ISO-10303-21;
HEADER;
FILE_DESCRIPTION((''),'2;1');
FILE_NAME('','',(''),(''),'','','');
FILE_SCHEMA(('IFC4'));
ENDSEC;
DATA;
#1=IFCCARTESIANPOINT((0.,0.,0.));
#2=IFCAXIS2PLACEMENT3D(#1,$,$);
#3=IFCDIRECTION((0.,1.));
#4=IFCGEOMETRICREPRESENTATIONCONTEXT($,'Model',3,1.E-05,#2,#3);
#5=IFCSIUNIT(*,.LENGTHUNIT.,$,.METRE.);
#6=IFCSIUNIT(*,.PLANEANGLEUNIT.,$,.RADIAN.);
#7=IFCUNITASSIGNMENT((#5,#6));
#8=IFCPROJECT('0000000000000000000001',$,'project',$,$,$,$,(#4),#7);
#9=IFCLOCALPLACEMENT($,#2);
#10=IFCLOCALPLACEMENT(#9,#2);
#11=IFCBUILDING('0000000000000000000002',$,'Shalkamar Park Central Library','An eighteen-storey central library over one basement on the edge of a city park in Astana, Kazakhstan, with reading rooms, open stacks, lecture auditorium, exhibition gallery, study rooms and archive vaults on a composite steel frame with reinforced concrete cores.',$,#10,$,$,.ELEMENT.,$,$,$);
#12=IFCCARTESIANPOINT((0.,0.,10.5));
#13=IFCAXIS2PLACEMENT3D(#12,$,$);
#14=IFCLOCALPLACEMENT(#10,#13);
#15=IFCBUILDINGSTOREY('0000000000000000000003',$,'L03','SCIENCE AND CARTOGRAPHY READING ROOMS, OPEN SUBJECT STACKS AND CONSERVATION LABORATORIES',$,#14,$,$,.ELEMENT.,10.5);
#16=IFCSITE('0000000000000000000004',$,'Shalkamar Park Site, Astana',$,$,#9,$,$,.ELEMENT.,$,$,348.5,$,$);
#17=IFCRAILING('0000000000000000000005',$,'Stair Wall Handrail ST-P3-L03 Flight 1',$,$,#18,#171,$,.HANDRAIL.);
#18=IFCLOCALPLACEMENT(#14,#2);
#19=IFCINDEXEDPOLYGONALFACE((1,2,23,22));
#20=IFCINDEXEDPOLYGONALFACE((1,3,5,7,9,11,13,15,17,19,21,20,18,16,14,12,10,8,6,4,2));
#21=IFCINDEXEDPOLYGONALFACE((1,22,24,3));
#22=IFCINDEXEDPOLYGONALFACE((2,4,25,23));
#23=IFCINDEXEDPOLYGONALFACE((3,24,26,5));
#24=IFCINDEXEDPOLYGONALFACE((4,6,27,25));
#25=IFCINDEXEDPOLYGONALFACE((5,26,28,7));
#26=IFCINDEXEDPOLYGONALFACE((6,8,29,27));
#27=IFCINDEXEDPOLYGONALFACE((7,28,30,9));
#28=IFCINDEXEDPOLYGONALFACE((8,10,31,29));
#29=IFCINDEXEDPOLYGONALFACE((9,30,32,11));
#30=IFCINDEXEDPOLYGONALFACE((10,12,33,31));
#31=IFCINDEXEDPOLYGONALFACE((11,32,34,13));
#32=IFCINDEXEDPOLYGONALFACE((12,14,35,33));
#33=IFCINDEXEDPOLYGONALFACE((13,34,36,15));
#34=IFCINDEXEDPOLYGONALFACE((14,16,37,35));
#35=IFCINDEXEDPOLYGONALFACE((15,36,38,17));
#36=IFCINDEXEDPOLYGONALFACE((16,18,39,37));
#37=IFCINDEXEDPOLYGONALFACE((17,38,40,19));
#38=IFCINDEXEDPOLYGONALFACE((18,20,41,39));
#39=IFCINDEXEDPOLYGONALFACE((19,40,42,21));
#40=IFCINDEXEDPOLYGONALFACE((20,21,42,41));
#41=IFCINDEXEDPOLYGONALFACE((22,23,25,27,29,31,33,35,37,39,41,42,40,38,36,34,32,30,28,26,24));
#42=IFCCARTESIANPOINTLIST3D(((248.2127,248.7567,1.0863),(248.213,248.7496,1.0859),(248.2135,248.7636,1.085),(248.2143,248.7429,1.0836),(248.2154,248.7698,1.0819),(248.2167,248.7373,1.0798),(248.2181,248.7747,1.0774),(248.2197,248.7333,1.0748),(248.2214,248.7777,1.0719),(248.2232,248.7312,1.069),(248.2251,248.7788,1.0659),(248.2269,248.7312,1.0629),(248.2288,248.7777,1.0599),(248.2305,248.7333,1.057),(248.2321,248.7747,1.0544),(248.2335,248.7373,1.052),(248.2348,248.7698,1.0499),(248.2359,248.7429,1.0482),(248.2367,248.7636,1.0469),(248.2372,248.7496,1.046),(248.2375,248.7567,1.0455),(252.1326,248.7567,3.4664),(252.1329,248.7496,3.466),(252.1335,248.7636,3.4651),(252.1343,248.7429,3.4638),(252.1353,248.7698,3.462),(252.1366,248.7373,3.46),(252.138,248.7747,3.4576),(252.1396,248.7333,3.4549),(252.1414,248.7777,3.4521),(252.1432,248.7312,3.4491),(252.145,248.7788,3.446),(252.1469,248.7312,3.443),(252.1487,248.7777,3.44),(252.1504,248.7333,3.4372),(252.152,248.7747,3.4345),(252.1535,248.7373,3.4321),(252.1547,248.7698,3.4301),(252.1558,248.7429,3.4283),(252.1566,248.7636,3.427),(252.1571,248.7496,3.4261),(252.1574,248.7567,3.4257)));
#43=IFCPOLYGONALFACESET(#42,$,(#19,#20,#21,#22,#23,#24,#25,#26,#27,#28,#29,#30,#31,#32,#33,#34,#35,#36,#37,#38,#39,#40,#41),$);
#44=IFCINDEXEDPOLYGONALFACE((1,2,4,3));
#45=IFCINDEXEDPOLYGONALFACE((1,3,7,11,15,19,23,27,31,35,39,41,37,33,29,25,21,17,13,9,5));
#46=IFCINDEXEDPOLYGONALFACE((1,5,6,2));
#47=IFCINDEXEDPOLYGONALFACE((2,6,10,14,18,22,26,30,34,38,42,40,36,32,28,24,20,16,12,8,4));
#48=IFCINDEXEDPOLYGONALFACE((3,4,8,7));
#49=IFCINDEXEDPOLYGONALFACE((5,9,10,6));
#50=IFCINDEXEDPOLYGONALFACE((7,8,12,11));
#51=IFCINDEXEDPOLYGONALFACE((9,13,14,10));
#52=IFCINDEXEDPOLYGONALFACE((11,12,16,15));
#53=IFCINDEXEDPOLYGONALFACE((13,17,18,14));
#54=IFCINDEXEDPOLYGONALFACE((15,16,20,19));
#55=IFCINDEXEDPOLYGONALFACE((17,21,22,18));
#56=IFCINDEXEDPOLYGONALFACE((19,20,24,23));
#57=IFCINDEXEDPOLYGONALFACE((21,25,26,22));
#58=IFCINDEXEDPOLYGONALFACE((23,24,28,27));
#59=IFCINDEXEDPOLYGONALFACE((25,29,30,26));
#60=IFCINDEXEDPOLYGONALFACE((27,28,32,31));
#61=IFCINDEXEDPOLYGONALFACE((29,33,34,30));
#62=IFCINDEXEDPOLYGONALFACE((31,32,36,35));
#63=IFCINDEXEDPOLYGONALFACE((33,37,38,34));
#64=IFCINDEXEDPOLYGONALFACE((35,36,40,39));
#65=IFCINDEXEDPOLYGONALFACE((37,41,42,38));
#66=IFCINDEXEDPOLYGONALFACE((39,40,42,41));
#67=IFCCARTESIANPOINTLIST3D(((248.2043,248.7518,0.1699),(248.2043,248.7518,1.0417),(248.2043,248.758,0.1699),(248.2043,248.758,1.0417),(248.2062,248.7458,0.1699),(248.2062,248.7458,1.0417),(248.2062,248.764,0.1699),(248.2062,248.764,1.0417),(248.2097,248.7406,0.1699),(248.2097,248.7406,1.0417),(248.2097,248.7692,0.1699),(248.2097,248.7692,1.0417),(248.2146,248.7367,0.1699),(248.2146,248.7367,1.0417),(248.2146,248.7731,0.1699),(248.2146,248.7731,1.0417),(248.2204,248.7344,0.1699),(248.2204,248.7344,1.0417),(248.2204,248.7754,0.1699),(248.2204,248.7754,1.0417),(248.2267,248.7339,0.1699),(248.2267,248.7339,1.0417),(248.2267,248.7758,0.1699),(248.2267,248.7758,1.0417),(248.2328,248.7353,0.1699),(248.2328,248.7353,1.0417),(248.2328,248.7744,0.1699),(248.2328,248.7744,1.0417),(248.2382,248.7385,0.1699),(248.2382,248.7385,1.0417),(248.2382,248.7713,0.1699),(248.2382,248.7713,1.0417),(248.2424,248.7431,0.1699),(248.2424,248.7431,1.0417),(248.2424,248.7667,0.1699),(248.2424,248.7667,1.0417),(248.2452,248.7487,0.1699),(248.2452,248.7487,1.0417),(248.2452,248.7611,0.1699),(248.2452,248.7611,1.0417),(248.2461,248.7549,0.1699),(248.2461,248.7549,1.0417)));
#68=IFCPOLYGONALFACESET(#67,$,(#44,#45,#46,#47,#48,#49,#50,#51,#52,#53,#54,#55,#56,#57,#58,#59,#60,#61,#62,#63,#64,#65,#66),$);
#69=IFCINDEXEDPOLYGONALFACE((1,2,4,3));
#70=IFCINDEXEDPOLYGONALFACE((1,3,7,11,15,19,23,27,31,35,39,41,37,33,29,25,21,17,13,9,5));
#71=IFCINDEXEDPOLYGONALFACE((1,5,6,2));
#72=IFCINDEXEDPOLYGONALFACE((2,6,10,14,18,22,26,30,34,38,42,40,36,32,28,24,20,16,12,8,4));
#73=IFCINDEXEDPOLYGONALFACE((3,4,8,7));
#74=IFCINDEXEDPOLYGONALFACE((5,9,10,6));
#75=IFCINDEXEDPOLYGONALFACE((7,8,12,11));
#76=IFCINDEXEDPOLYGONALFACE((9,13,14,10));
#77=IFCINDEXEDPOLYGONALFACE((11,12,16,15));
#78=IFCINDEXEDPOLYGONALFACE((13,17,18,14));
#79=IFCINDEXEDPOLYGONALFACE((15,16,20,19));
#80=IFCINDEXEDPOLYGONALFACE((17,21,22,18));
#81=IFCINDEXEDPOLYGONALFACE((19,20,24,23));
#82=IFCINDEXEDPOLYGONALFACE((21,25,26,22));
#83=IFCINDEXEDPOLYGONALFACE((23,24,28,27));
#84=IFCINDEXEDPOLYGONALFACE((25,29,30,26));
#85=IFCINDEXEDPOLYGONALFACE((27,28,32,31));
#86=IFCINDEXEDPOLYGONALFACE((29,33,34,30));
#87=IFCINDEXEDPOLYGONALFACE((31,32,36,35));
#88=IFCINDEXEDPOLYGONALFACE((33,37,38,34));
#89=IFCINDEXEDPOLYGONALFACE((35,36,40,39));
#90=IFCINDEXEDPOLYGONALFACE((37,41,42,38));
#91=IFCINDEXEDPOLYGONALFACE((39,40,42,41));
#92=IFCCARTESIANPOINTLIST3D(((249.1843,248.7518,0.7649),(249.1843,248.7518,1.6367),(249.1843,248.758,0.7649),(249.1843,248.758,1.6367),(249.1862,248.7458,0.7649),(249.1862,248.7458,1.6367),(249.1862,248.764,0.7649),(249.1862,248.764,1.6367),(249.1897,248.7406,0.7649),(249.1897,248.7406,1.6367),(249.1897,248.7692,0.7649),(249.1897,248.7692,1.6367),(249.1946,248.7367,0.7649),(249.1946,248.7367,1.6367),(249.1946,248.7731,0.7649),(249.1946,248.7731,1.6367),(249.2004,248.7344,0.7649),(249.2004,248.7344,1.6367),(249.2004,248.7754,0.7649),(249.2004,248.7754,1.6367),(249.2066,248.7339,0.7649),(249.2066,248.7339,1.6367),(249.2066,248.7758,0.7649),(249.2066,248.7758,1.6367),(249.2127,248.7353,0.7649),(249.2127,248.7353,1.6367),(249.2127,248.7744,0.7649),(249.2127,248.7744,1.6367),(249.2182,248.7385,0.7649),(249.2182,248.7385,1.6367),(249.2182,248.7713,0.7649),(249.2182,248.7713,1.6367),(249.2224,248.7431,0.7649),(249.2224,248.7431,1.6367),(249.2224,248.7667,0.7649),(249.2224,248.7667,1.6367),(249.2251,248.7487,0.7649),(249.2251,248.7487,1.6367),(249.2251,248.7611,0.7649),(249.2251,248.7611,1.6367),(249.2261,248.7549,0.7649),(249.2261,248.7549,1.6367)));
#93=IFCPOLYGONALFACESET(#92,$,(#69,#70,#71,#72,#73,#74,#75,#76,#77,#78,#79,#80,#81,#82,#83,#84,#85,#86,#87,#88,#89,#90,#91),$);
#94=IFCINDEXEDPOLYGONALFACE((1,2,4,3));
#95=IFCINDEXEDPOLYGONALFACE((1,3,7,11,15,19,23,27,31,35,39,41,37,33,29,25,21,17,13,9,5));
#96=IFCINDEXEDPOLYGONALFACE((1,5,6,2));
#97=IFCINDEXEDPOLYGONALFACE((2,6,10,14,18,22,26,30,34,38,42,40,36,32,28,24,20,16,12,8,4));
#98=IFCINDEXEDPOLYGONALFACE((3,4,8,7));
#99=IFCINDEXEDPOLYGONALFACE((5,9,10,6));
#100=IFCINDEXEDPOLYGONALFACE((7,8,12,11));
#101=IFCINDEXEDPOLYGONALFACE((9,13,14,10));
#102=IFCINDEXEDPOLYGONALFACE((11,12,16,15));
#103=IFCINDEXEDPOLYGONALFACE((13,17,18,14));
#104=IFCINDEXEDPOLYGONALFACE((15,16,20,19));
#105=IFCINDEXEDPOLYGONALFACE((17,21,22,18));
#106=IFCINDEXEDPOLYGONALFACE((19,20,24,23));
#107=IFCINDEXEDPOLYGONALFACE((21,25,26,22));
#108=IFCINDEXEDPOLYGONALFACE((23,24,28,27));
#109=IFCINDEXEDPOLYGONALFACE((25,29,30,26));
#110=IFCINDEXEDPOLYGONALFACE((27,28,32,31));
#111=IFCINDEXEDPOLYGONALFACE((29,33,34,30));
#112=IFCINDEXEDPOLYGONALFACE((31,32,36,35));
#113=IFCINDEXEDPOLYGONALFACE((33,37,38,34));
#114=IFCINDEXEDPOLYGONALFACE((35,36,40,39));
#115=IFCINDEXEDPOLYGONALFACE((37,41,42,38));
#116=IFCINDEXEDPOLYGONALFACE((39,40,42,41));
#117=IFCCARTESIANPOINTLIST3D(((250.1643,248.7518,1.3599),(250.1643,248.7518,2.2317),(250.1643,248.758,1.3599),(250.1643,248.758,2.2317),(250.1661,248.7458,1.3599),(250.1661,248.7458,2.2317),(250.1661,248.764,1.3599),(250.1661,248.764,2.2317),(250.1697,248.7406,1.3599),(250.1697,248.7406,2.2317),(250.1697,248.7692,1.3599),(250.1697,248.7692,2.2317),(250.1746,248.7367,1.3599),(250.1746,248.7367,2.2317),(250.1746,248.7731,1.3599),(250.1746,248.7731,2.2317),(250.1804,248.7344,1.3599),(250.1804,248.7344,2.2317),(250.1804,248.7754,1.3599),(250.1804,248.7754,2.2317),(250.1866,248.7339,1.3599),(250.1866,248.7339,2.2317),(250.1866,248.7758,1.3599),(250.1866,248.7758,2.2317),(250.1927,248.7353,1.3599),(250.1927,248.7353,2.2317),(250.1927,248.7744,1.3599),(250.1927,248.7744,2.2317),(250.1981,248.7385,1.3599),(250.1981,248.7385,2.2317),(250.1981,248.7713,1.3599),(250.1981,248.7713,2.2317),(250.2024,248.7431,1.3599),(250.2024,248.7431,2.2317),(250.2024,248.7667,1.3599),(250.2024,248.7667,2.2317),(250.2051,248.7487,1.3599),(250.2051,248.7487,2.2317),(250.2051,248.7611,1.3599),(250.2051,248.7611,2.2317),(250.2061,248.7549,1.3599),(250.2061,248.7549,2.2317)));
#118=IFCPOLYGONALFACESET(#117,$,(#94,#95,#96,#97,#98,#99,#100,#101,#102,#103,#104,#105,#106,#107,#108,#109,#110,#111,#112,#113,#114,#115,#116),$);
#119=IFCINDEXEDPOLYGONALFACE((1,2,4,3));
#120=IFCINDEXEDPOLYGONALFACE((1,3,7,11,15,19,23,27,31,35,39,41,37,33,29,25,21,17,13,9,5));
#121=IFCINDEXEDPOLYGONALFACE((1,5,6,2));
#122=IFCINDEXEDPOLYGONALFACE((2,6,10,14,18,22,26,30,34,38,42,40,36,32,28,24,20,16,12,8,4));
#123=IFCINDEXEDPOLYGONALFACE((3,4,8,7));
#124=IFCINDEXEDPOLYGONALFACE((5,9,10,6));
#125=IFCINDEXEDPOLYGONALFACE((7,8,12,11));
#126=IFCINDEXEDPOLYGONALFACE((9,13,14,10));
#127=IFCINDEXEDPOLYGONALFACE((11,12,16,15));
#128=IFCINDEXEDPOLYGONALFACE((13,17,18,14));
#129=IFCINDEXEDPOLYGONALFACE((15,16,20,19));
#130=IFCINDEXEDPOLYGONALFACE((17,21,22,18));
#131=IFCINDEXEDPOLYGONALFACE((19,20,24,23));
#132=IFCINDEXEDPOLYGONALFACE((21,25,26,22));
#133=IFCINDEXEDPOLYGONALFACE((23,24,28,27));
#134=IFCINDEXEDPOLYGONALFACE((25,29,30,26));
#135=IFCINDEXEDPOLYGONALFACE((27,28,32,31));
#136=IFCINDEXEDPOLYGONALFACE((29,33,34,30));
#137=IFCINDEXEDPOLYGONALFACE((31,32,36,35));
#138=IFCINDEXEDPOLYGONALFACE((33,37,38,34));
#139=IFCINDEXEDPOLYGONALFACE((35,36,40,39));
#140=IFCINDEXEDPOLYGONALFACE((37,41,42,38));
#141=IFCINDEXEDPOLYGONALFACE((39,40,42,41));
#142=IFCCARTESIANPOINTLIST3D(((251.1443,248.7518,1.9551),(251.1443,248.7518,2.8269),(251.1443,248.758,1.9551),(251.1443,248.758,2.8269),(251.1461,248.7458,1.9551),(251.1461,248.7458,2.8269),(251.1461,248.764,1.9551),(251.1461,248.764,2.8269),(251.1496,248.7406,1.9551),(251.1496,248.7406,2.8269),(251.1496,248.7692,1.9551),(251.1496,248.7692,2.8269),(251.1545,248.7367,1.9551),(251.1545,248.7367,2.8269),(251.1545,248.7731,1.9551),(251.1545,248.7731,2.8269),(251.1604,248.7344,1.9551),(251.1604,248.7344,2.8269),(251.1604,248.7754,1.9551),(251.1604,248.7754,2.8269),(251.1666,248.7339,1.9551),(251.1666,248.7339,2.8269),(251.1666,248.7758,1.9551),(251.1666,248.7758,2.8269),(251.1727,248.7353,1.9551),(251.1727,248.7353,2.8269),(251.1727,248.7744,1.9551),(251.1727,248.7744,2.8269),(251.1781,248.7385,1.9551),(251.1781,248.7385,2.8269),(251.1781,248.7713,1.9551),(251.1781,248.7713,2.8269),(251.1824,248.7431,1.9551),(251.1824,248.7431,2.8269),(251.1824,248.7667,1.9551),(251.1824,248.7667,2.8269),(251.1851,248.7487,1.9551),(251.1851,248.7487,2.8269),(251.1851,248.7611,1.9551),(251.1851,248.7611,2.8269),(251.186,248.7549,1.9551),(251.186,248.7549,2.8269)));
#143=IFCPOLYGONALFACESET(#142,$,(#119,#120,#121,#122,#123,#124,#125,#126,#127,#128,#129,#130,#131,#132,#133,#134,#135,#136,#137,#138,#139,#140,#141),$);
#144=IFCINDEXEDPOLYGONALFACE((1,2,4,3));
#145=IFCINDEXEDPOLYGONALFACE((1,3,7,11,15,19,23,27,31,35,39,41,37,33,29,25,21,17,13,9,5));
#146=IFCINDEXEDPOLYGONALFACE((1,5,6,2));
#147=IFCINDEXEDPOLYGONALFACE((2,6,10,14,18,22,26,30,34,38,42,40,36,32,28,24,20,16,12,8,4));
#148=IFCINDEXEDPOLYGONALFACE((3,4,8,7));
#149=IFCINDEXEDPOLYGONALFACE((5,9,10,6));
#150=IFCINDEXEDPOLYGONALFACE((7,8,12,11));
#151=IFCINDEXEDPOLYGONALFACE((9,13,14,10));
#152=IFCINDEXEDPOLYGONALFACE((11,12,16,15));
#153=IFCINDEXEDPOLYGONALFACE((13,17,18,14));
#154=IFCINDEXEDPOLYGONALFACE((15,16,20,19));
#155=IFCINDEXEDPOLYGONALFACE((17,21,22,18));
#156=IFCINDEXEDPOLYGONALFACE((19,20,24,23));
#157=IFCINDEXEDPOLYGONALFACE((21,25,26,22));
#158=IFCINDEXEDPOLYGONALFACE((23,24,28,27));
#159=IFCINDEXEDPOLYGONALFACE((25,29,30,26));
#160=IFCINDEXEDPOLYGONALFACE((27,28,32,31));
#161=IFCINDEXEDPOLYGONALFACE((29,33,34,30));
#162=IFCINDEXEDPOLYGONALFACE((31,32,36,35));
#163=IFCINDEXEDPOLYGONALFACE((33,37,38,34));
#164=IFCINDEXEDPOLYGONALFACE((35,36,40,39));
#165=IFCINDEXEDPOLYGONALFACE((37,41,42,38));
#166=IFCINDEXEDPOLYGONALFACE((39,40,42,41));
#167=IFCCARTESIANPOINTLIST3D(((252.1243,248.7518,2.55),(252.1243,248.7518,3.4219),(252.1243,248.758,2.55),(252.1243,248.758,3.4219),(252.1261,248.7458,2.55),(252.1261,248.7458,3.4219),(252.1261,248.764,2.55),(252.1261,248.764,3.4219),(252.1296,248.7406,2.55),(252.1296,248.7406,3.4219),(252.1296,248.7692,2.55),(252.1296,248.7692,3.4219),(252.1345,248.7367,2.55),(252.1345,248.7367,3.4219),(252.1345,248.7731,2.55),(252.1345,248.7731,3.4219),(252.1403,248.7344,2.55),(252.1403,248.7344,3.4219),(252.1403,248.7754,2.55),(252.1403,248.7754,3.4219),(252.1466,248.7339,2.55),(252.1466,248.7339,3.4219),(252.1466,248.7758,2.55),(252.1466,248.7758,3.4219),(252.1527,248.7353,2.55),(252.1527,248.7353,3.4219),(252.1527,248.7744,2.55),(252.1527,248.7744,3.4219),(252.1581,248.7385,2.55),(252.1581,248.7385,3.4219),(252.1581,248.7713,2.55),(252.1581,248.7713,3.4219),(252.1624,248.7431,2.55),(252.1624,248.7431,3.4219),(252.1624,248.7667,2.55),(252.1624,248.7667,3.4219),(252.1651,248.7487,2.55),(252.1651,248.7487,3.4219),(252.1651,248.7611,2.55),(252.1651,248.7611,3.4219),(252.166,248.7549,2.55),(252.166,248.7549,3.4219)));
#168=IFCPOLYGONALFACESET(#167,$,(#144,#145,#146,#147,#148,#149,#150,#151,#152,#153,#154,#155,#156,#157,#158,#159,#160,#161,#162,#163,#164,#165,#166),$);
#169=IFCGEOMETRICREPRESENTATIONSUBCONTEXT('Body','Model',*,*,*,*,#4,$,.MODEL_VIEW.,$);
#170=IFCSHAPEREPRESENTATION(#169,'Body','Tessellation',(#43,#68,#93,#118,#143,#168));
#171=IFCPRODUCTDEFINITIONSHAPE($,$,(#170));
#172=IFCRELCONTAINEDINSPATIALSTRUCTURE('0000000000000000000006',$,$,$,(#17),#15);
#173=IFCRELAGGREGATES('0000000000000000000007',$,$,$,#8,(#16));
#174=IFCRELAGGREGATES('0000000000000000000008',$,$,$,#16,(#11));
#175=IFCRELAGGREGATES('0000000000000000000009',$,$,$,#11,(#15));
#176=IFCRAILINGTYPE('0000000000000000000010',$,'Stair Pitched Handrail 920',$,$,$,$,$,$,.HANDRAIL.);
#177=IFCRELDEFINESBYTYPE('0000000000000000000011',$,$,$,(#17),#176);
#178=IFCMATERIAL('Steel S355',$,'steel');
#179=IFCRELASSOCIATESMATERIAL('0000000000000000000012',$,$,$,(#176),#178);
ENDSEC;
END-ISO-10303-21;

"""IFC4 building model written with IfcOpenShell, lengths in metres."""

from ifc_helpers import new_model, si_unit, direction, frame, origin, origin_2d, place, context, subcontext, project, spatial, circle, extrude, material, type_object, element, save


model = new_model("IFC4")

# Units and contexts
model_context = context("Model", 3, precision=1e-05, world=origin(), true_north=direction((0.0, 1.0)))
body_context = subcontext(model_context, "Body", "Model", "MODEL_VIEW")
ifc_project = project(units=[si_unit("LENGTHUNIT", "METRE"), si_unit("PLANEANGLEUNIT", "RADIAN")], contexts=[model_context])

# Site, building, storey
site_placement = place(None, origin())
site = spatial("IfcSite", under=ifc_project, at=site_placement, Name="Shalkamar Park Site, Astana", CompositionType="ELEMENT", RefElevation=348.5)
building_placement = place(site_placement, origin())
building = spatial("IfcBuilding", under=site, at=building_placement, Name="Shalkamar Park Central Library", Description="An eighteen-storey central library over one basement on the edge of a city park in Astana, Kazakhstan, with reading rooms, open stacks, lecture auditorium, exhibition gallery, study rooms and archive vaults on a composite steel frame with reinforced concrete cores.", CompositionType="ELEMENT")
storey_placement = place(building_placement, frame((0.0, 0.0, 10.5)))
storey = spatial("IfcBuildingStorey", under=building, at=storey_placement, Name="L03", Description="SCIENCE AND CARTOGRAPHY READING ROOMS, OPEN SUBJECT STACKS AND CONSERVATION LABORATORIES", CompositionType="ELEMENT", Elevation=10.5)

# Shared definitions
ifc_material_1 = material(Name="Steel S355", Category="steel")

# Railing
railing_type_1 = type_object("IfcRailingType", Name="Stair Pitched Handrail 920", PredefinedType="HANDRAIL", material=ifc_material_1)
railing_1_placement = place(storey_placement, frame((248.2251, 248.7549, 0.1699)))
element("IfcRailing", 1, at=railing_1_placement, inside=storey, type_object=railing_type_1, Name="Stair Wall Handrail ST-P3-L03 Flight 1", PredefinedType="HANDRAIL", context=body_context, shape_type="SweptSolid", body=[
    extrude(circle(Radius=0.0239, at=origin_2d()), frame((0.0, 0.0, 0.896), z_axis=(0.854771, 0.0, 0.519006), x_axis=(0.0, 1.0, 0.0)), (0.0, 0.0, 1.0), 4.5859),
    extrude(circle(Radius=0.021, at=origin_2d()), origin(), (0.0, 0.0, 1.0), 0.8718),
    extrude(circle(Radius=0.021, at=origin_2d()), frame((0.98, 0.0, 0.595)), (0.0, 0.0, 1.0), 0.8718),
    extrude(circle(Radius=0.021, at=origin_2d()), frame((1.96, 0.0, 1.1899)), (0.0, 0.0, 1.0), 0.8718),
    extrude(circle(Radius=0.021, at=origin_2d()), frame((2.9399, 0.0, 1.7852)), (0.0, 0.0, 1.0), 0.8718),
    extrude(circle(Radius=0.021, at=origin_2d()), frame((3.9199, 0.0, 2.3801)), (0.0, 0.0, 1.0), 0.8718),
])

save(model, "model.ifc")
